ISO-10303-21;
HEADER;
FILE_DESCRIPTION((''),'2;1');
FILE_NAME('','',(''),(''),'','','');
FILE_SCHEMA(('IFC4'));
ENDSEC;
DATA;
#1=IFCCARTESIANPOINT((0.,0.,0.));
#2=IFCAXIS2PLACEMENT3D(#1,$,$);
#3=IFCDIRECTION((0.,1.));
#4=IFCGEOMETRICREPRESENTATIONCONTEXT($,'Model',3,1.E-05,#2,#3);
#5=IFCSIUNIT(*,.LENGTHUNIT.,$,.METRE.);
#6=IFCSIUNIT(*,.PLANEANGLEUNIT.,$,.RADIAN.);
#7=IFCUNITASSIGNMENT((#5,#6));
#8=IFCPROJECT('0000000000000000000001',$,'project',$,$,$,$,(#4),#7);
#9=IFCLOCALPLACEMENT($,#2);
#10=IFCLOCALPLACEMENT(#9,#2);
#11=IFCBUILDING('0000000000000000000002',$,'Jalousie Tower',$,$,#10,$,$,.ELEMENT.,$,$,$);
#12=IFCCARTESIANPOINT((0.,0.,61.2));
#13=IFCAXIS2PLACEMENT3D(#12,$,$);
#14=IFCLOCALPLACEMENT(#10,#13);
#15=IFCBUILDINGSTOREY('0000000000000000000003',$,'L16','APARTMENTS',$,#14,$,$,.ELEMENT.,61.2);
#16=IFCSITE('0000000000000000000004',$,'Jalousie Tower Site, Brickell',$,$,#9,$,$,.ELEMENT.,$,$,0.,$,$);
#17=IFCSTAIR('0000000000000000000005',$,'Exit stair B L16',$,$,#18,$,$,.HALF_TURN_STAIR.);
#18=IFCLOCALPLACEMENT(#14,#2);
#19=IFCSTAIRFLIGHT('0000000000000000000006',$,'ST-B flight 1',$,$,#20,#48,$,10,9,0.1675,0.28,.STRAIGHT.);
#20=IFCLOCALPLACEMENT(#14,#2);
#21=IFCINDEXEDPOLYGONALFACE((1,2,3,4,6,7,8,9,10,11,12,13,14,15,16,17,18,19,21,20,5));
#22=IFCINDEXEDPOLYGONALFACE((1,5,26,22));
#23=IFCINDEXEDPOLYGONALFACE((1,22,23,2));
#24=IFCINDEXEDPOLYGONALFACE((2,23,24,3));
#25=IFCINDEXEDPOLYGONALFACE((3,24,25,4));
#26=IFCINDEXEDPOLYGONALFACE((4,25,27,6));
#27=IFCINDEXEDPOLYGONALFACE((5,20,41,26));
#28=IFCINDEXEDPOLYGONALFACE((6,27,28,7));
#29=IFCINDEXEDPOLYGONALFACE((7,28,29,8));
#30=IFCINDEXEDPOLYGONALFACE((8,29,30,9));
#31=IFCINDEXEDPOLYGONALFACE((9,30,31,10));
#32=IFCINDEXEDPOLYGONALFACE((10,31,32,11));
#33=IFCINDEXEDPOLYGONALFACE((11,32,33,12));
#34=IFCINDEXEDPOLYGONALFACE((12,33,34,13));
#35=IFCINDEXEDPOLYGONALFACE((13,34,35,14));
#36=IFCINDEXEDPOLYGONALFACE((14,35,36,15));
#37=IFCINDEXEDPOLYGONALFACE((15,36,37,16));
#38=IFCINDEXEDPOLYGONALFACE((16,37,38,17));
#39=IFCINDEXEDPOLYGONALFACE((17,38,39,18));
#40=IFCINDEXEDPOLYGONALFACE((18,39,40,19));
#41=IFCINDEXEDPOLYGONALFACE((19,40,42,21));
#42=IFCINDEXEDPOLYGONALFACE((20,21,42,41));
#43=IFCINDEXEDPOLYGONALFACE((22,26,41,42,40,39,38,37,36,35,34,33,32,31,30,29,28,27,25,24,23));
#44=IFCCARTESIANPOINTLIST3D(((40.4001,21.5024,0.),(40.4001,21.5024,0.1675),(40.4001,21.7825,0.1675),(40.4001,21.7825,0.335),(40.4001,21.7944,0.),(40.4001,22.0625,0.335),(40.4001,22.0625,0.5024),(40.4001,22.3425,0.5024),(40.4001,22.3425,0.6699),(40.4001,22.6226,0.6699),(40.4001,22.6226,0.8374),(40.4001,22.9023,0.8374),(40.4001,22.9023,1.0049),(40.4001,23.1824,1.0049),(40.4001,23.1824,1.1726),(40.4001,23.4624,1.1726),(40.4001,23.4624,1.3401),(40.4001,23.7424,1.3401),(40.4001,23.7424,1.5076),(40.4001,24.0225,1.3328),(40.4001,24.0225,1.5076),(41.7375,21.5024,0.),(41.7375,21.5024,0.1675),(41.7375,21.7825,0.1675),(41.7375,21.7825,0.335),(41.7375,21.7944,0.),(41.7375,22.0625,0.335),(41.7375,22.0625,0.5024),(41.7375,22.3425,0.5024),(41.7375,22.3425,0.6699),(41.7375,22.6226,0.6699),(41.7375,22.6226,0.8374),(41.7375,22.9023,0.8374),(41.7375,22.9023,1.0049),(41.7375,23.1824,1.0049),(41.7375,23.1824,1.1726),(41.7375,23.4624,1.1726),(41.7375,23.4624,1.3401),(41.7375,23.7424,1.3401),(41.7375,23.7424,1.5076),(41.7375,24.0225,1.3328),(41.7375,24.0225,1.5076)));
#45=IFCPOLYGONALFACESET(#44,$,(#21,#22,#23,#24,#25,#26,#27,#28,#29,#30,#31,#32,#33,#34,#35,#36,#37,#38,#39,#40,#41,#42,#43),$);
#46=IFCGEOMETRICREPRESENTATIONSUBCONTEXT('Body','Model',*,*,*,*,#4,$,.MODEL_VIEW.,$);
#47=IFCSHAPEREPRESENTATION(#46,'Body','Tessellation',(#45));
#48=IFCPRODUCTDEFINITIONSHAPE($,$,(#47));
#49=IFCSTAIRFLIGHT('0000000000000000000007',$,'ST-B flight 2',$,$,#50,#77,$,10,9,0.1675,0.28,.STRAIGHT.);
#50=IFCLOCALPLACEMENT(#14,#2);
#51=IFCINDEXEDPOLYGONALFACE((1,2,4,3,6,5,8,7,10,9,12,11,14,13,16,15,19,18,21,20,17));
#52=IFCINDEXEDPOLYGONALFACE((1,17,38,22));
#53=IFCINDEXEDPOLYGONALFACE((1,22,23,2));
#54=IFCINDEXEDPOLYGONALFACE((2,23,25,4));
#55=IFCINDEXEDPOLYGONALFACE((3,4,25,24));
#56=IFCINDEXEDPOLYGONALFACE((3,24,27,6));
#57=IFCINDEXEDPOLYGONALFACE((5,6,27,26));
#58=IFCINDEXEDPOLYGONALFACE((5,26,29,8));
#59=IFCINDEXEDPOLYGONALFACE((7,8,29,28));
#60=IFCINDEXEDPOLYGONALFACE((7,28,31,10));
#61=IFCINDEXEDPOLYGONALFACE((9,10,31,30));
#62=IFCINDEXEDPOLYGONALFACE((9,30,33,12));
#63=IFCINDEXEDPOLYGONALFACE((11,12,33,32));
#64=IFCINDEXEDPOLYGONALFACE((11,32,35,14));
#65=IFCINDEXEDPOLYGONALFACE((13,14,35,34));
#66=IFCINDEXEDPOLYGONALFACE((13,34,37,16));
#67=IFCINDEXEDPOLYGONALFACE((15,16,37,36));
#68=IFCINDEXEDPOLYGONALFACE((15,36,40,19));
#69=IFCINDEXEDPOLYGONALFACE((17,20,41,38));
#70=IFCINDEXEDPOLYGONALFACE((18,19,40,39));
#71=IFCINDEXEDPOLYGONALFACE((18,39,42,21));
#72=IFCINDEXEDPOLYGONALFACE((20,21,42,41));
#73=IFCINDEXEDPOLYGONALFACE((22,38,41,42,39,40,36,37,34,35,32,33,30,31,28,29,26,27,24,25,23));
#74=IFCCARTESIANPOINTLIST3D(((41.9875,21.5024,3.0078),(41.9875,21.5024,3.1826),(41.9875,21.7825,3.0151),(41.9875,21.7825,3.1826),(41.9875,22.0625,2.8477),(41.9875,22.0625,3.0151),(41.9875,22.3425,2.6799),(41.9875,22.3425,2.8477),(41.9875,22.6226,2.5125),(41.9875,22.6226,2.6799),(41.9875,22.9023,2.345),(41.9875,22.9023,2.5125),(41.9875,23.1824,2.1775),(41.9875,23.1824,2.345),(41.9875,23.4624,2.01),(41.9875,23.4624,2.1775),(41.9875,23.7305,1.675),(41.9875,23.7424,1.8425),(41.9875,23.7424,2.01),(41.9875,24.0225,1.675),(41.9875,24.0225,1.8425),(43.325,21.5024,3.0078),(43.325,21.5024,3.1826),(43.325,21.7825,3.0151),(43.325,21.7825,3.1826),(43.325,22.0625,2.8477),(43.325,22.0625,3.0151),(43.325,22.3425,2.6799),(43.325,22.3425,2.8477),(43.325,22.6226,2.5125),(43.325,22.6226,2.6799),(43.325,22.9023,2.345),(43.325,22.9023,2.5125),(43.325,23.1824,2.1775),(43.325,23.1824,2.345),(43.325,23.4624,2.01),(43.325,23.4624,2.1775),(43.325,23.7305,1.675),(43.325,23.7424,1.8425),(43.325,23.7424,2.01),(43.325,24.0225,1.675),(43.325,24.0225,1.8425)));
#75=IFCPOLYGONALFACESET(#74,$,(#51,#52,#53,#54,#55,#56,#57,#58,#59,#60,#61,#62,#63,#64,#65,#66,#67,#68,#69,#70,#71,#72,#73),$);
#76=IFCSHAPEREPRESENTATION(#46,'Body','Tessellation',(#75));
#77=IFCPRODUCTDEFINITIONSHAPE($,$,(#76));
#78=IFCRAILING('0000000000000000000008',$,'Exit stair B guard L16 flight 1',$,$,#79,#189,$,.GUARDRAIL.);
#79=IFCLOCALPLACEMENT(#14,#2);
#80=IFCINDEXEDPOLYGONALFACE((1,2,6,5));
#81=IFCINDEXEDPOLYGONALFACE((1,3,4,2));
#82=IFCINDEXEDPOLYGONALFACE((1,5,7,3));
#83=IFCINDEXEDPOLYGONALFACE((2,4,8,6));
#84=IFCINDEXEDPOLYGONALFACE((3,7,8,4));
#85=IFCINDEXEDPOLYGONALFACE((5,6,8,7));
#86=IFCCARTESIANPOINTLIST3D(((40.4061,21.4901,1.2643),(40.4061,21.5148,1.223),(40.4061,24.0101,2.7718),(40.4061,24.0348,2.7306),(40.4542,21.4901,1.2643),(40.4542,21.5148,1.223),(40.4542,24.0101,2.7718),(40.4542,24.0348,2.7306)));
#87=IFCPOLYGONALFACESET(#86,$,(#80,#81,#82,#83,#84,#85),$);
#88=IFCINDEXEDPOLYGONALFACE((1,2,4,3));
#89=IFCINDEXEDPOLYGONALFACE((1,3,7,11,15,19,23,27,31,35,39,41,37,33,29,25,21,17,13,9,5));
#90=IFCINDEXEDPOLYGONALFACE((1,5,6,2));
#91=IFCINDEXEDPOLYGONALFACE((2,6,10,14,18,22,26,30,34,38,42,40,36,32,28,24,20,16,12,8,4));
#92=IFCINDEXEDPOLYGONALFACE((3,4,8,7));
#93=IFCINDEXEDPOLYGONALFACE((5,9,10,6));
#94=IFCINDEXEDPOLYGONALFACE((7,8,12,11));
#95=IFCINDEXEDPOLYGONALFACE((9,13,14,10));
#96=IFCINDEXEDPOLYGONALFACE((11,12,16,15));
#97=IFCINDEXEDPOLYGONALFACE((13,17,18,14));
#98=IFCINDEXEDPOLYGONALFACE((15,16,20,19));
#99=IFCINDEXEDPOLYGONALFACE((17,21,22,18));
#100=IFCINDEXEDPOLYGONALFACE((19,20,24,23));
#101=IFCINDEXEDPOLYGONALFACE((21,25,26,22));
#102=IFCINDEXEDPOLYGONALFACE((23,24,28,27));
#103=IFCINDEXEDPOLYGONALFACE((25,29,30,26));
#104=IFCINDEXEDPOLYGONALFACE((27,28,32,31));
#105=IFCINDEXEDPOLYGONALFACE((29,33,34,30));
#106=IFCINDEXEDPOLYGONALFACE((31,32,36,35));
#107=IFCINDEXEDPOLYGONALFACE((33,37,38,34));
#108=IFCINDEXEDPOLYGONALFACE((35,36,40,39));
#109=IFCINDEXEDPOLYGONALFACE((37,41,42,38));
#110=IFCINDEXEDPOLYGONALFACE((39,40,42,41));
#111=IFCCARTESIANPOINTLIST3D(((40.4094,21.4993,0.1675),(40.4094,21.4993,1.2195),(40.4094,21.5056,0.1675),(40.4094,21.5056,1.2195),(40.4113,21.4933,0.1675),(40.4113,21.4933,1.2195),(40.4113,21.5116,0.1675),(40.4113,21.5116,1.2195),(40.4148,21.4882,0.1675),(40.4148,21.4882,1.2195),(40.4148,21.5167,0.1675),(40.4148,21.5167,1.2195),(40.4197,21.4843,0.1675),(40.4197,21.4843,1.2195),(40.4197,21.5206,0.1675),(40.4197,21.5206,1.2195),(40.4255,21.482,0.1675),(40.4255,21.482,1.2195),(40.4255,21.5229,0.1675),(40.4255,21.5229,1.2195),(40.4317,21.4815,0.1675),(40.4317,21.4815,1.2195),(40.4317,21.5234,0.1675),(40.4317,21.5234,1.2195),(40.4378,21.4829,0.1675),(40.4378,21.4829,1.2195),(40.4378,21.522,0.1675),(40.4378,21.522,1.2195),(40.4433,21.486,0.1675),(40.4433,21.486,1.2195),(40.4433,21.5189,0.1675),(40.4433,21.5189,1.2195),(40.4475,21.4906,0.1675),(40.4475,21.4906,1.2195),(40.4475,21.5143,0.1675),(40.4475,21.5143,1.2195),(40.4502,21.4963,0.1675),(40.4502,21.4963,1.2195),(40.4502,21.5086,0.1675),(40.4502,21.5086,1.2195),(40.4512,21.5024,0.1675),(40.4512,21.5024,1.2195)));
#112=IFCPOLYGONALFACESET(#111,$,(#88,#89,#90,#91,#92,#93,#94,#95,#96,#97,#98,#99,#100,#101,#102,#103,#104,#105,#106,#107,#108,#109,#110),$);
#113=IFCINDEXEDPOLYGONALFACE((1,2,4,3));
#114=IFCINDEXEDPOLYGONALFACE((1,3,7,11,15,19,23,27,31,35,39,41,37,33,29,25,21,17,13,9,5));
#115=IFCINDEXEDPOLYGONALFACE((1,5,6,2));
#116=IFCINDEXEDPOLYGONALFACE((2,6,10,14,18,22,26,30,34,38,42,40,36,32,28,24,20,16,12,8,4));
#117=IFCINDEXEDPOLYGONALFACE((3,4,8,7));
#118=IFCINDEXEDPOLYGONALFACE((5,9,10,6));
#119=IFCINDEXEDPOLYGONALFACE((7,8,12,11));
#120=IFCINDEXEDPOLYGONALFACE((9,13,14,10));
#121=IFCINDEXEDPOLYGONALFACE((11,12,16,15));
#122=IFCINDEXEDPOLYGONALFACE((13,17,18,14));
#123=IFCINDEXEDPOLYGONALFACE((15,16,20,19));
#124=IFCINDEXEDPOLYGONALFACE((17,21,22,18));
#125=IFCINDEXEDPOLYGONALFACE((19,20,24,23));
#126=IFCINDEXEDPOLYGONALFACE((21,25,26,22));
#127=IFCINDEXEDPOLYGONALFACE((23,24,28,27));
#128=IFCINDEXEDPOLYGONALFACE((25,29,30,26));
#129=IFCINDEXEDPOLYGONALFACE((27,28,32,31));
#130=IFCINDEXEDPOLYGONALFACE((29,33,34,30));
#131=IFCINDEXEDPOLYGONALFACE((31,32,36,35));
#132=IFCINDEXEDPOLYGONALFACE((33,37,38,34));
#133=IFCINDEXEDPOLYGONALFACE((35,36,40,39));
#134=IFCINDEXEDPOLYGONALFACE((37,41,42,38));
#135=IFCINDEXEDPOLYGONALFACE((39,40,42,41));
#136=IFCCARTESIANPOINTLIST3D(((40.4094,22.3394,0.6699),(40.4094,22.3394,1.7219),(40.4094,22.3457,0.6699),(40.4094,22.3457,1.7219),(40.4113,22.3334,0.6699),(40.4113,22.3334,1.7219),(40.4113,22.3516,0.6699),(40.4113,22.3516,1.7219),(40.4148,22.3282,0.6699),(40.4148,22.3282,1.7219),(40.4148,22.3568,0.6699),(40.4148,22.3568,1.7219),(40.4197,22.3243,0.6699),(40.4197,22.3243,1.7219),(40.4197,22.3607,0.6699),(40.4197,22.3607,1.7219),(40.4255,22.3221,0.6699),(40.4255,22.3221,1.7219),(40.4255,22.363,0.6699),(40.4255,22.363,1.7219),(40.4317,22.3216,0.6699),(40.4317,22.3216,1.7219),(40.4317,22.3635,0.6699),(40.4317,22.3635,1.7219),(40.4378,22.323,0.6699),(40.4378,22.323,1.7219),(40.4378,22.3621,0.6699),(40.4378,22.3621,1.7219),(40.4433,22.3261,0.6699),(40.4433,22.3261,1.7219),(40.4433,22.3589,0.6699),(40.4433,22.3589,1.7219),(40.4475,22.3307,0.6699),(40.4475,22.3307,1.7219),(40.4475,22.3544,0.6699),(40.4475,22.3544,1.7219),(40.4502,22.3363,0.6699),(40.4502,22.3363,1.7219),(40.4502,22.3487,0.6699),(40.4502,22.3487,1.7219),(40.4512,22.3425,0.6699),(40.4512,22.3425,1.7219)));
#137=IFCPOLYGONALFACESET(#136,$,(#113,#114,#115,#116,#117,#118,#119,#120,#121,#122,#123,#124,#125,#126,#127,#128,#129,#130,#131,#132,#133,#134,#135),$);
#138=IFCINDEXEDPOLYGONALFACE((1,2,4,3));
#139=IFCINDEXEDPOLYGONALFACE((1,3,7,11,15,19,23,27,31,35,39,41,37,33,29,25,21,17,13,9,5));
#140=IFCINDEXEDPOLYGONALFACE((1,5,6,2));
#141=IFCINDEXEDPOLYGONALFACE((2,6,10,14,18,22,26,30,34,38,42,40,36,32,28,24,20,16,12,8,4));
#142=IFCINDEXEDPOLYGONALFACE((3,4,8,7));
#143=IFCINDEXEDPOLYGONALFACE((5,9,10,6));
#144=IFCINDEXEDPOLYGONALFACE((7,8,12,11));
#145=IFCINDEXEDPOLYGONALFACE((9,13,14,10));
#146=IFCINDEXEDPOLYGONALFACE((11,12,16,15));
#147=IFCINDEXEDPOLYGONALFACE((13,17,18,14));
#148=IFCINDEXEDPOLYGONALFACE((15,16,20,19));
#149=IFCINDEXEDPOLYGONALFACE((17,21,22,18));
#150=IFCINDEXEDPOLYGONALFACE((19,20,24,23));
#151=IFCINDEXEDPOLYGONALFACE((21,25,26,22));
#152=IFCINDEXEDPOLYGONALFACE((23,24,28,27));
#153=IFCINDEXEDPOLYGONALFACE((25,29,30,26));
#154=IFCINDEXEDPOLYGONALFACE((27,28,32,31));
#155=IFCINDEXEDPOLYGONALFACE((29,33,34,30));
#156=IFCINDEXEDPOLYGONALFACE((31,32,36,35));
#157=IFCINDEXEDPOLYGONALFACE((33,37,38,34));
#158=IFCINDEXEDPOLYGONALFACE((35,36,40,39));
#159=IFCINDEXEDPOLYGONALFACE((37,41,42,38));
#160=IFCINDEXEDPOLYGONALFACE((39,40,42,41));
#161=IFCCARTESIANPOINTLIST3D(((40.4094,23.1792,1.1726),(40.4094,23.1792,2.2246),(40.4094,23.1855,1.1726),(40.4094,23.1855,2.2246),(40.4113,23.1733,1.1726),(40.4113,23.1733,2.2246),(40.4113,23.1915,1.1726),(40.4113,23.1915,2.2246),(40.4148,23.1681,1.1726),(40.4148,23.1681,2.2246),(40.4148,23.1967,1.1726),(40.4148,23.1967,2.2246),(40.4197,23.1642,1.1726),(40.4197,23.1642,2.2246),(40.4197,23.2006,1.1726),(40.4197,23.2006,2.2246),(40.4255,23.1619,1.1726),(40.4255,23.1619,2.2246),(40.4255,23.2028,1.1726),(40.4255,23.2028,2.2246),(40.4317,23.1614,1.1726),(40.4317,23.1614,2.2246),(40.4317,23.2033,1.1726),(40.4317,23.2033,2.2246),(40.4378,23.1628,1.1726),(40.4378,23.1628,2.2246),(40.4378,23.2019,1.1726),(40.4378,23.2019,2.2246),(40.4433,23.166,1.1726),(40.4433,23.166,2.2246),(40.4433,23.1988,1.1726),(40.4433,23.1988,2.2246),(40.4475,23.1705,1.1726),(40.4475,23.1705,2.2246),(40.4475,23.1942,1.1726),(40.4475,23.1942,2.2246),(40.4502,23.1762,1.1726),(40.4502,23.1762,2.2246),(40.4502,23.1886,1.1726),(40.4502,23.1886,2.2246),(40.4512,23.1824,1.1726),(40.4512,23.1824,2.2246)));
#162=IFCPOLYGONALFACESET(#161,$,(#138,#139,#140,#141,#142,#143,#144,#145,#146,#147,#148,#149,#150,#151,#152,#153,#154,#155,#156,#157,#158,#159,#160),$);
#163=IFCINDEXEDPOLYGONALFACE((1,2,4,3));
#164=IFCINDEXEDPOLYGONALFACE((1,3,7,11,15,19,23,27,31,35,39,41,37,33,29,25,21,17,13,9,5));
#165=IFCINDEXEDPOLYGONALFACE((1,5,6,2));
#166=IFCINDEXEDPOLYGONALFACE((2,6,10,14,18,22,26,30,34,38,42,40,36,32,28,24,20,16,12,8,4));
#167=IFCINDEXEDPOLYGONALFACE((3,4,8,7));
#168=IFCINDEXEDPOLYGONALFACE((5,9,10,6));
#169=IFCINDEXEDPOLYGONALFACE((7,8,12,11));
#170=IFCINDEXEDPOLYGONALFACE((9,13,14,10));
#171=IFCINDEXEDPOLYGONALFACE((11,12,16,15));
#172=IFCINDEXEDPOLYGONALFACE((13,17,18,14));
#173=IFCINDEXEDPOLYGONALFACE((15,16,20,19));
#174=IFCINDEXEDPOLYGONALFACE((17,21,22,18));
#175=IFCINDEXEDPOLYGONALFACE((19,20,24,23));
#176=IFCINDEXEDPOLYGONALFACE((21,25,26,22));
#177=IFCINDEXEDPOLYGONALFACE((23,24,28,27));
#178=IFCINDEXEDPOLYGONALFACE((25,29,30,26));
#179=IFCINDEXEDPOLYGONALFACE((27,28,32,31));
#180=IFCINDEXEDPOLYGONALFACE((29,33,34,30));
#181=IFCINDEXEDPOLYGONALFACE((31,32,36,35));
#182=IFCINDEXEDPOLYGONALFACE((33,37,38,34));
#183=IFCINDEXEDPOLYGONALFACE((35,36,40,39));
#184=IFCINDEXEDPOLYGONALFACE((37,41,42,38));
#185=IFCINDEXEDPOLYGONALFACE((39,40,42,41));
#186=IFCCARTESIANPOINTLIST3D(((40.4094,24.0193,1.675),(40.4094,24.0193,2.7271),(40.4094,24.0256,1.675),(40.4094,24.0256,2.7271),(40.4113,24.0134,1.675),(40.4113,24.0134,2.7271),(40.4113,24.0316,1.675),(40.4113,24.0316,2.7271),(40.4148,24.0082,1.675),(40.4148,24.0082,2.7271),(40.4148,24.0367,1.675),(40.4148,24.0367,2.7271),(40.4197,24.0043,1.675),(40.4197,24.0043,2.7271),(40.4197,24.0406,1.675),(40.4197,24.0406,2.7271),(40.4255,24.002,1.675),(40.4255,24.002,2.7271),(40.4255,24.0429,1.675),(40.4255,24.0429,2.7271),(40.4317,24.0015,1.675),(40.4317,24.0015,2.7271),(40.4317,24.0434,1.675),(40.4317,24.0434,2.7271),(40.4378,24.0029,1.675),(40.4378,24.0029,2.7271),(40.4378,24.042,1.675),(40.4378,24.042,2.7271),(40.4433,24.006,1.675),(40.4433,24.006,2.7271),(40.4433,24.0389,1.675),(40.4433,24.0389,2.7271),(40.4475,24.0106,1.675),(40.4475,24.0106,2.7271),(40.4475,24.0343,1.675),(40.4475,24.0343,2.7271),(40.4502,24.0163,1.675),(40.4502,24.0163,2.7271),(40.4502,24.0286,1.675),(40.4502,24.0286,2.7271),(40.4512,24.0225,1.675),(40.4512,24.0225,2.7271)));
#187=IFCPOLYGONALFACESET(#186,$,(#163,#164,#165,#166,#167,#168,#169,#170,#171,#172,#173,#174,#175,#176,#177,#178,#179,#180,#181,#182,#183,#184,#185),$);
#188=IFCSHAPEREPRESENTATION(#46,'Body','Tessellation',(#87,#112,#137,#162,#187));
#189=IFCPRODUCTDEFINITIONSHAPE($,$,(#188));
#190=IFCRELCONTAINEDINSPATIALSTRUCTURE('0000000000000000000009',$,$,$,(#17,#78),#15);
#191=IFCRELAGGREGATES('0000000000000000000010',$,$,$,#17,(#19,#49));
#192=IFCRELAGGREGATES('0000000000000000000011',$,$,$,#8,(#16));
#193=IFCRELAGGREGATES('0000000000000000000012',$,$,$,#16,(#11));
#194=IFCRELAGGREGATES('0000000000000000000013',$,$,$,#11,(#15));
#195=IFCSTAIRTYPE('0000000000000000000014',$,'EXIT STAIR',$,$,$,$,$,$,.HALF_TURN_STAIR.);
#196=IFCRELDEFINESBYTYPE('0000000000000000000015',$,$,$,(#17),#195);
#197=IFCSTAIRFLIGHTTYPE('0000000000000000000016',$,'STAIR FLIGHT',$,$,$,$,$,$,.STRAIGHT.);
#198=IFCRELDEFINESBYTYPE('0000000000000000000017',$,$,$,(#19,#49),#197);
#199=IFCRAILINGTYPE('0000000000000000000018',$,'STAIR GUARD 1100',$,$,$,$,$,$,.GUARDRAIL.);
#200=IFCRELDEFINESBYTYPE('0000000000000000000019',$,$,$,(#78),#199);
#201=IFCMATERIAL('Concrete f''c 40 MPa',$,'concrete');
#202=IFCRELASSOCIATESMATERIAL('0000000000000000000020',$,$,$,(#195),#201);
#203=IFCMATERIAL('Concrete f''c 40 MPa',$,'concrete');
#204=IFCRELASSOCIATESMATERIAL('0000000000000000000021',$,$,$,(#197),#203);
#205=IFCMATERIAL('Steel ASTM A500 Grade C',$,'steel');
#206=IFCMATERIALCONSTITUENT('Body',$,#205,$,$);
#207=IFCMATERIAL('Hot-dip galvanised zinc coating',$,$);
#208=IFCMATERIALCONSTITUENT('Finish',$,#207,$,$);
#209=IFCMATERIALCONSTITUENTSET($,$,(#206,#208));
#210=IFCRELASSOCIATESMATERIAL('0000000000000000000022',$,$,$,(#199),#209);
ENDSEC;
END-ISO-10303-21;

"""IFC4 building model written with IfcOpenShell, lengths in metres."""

from ifc_helpers import new_model, si_unit, direction, frame, origin, origin_2d, place, context, subcontext, project, spatial, polyline, rectangle, circle, outline, extrude, material, constituent, constituent_set, type_object, element, aggregate, save


model = new_model("IFC4")

# Units and contexts
model_context = context("Model", 3, precision=1e-05, world=origin(), true_north=direction((0.0, 1.0)))
body_context = subcontext(model_context, "Body", "Model", "MODEL_VIEW")
ifc_project = project(units=[si_unit("LENGTHUNIT", "METRE"), si_unit("PLANEANGLEUNIT", "RADIAN")], contexts=[model_context])

# Site, building, storey
site_placement = place(None, origin())
site = spatial("IfcSite", under=ifc_project, at=site_placement, Name="Jalousie Tower Site, Brickell", CompositionType="ELEMENT", RefElevation=0.0)
building_placement = place(site_placement, origin())
building = spatial("IfcBuilding", under=site, at=building_placement, Name="Jalousie Tower", CompositionType="ELEMENT")
storey_placement = place(building_placement, frame((0.0, 0.0, 61.2)))
storey = spatial("IfcBuildingStorey", under=building, at=storey_placement, Name="L16", Description="APARTMENTS", CompositionType="ELEMENT", Elevation=61.2)

# Stair, stair flights
ifc_material_1 = material(Name="Concrete f'c 40 MPa", Category="concrete")
stair_type = type_object("IfcStairType", Name="EXIT STAIR", PredefinedType="HALF_TURN_STAIR", material=ifc_material_1)
stair_placement = place(storey_placement, origin())
stair = element("IfcStair", 1, at=stair_placement, inside=storey, type_object=stair_type, Name="Exit stair B L16", PredefinedType="HALF_TURN_STAIR")
ifc_material_2 = material(Name="Concrete f'c 40 MPa", Category="concrete")
stair_flight_type = type_object("IfcStairFlightType", Name="STAIR FLIGHT", PredefinedType="STRAIGHT", material=ifc_material_2)
stair_flight_1_placement = place(storey_placement, frame((41.0688, 21.5024, 0.0), z_axis=(0.0, 0.0, 1.0), x_axis=(0.0, 1.0, 0.0)))
stair_flight_1 = element("IfcStairFlight", 2, at=stair_flight_1_placement, type_object=stair_flight_type, Name="ST-B flight 1", NumberOfRisers=10, NumberOfTreads=9, PredefinedType="STRAIGHT", RiserHeight=0.1675, TreadLength=0.28, context=body_context, shape_type="SweptSolid", body=[
    extrude(outline(polyline([(0.0, 0.0), (0.0, 0.1675), (0.28, 0.1675), (0.28, 0.335), (0.5601, 0.335), (0.5601, 0.5024), (0.8401, 0.5024), (0.8401, 0.6699), (1.1201, 0.6699), (1.1201, 0.8374), (1.3999, 0.8374), (1.3999, 1.0049), (1.6799, 1.0049), (1.6799, 1.1726), (1.96, 1.1726), (1.96, 1.3401), (2.24, 1.3401), (2.24, 1.5076), (2.52, 1.5076), (2.52, 1.675), (2.52, 1.3328), (0.292, 0.0), (0.0, 0.0)])), frame((0.0, 0.6687, 0.0), z_axis=(0.0, -1.0, 0.0), x_axis=(1.0, 0.0, 0.0)), (0.0, 0.0, 1.0), 1.3374),
])
stair_flight_2_placement = place(storey_placement, frame((42.6562, 24.0225, 1.675), z_axis=(0.0, 0.0, 1.0), x_axis=(0.0, -1.0, 0.0)))
stair_flight_2 = element("IfcStairFlight", 3, at=stair_flight_2_placement, type_object=stair_flight_type, Name="ST-B flight 2", NumberOfRisers=10, NumberOfTreads=9, PredefinedType="STRAIGHT", RiserHeight=0.1675, TreadLength=0.28, context=body_context, shape_type="SweptSolid", body=[
    extrude(outline(polyline([(0.0, 0.0), (0.0, 0.1675), (0.28, 0.1675), (0.28, 0.335), (0.5601, 0.335), (0.5601, 0.5024), (0.8401, 0.5024), (0.8401, 0.6699), (1.1201, 0.6699), (1.1201, 0.8374), (1.3999, 0.8374), (1.3999, 1.0049), (1.6799, 1.0049), (1.6799, 1.1726), (1.96, 1.1726), (1.96, 1.3401), (2.24, 1.3401), (2.24, 1.5076), (2.52, 1.5076), (2.52, 1.675), (2.52, 1.3328), (0.292, 0.0), (0.0, 0.0)])), frame((0.0, 0.6687, 0.0), z_axis=(0.0, -1.0, 0.0), x_axis=(1.0, 0.0, 0.0)), (0.0, 0.0, 1.0), 1.3374),
])
aggregate(stair, [stair_flight_1, stair_flight_2])

# Railing
ifc_material_3 = material(Name="Steel ASTM A500 Grade C", Category="steel")
ifc_constituent_1 = constituent(ifc_material_3, Name="Body")
ifc_material_4 = material(Name="Hot-dip galvanised zinc coating")
ifc_constituent_2 = constituent(ifc_material_4, Name="Finish")
ifc_constituent_set_1 = constituent_set(constituents=[ifc_constituent_1, ifc_constituent_2])
railing_type_1 = type_object("IfcRailingType", Name="STAIR GUARD 1100", PredefinedType="GUARDRAIL", material=ifc_constituent_set_1)
railing_1_placement = place(storey_placement, frame((40.4302, 21.5024, 0.1675)))
element("IfcRailing", 4, at=railing_1_placement, inside=storey, type_object=railing_type_1, Name="Exit stair B guard L16 flight 1", PredefinedType="GUARDRAIL", context=body_context, shape_type="SweptSolid", body=[
    extrude(rectangle(XDim=0.0481, YDim=0.0481, at=origin_2d()), frame((0.0, 0.0, 1.0762), z_axis=(0.0, 0.85816, 0.513383), x_axis=(-1.0, 0.0, 0.0)), (0.0, 0.0, 1.0), 2.9365),
    extrude(circle(Radius=0.021, at=origin_2d()), origin(), (0.0, 0.0, 1.0), 1.052),
    extrude(circle(Radius=0.021, at=origin_2d()), frame((0.0, 0.8401, 0.5024)), (0.0, 0.0, 1.0), 1.052),
    extrude(circle(Radius=0.021, at=origin_2d()), frame((0.0, 1.6799, 1.0051)), (0.0, 0.0, 1.0), 1.052),
    extrude(circle(Radius=0.021, at=origin_2d()), frame((0.0, 2.52, 1.5076)), (0.0, 0.0, 1.0), 1.052),
])

save(model, "model.ifc")
